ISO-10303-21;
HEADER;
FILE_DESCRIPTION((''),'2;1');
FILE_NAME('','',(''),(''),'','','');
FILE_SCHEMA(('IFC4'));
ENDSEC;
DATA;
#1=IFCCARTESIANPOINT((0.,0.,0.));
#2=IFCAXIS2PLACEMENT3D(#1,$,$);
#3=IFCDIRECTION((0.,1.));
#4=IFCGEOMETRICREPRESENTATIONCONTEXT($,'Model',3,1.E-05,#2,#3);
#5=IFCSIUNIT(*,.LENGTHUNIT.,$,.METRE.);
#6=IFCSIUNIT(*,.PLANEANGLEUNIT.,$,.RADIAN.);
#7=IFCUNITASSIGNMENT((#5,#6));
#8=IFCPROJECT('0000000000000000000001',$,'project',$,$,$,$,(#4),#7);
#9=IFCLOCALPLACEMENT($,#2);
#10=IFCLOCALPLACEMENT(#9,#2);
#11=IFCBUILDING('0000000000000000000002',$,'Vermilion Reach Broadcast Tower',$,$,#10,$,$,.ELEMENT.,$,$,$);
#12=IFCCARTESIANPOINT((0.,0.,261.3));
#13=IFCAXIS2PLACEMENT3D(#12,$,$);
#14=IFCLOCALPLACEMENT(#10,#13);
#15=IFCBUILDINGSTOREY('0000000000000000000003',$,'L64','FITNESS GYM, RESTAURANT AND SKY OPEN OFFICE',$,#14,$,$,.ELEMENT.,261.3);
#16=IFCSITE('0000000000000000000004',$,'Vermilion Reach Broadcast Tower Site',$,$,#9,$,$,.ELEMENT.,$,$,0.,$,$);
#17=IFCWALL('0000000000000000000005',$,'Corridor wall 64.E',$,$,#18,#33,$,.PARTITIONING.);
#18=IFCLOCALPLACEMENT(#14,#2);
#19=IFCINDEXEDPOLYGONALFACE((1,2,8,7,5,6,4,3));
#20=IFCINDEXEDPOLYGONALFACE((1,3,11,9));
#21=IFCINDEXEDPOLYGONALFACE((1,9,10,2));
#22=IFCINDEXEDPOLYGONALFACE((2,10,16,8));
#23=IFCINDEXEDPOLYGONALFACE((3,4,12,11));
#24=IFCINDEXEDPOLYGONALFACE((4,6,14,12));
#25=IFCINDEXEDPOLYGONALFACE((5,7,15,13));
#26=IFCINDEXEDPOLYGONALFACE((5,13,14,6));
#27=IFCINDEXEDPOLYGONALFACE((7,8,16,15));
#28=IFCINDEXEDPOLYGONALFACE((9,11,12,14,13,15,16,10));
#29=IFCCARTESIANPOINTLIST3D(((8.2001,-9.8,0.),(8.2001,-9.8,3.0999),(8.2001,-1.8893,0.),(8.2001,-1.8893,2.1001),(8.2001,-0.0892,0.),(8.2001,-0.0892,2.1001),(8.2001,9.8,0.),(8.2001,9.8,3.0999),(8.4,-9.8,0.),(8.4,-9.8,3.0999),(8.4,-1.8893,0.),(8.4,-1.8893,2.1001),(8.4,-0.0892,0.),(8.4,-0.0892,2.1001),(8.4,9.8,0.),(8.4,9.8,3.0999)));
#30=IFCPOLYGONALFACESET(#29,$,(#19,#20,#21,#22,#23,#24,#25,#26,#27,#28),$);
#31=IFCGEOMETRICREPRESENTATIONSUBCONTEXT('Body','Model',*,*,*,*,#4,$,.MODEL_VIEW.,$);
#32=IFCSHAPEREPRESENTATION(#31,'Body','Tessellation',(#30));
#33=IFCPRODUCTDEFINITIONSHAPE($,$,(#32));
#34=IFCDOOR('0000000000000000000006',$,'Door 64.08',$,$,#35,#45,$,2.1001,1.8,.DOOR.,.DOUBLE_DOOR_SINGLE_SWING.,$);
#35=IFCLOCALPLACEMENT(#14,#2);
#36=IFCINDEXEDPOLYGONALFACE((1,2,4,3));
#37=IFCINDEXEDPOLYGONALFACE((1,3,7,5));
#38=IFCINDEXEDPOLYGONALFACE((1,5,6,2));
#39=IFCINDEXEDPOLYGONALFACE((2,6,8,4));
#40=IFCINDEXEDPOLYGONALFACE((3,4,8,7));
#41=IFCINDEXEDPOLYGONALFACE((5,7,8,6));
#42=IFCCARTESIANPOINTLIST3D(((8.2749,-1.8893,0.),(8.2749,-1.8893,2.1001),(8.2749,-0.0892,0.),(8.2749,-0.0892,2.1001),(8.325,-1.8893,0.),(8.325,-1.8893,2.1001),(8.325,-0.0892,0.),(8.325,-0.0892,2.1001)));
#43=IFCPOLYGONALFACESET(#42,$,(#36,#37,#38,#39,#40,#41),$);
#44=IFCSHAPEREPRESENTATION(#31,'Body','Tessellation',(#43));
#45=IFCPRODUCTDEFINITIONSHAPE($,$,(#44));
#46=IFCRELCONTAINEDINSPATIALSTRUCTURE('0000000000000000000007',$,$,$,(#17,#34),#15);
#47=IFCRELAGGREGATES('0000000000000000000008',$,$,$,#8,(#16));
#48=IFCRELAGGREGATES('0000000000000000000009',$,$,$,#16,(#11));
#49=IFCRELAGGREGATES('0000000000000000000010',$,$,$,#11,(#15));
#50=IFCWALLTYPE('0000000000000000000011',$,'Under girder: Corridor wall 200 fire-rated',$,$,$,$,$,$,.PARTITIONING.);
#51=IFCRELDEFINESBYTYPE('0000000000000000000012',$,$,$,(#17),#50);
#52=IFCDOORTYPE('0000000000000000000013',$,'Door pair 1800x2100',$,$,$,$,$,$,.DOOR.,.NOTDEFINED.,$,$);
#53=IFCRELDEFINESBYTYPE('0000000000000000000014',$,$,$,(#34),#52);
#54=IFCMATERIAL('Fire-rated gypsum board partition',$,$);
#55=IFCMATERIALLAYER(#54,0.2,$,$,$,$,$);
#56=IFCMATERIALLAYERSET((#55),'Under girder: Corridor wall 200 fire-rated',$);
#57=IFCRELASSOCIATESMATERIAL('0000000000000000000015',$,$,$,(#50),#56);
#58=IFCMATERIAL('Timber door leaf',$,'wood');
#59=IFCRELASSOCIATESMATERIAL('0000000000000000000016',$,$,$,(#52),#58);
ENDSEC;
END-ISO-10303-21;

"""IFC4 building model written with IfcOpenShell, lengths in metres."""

from ifc_helpers import new_model, si_unit, direction, frame, frame_2d, origin, place, context, subcontext, project, spatial, rectangle, extrude, material, layer, layer_set, type_object, element, fill, save


model = new_model("IFC4")

# Units and contexts
model_context = context("Model", 3, precision=1e-05, world=origin(), true_north=direction((0.0, 1.0)))
body_context = subcontext(model_context, "Body", "Model", "MODEL_VIEW")
ifc_project = project(units=[si_unit("LENGTHUNIT", "METRE"), si_unit("PLANEANGLEUNIT", "RADIAN")], contexts=[model_context])

# Site, building, storey
site_placement = place(None, origin())
site = spatial("IfcSite", under=ifc_project, at=site_placement, Name="Vermilion Reach Broadcast Tower Site", CompositionType="ELEMENT", RefElevation=0.0)
building_placement = place(site_placement, origin())
building = spatial("IfcBuilding", under=site, at=building_placement, Name="Vermilion Reach Broadcast Tower", CompositionType="ELEMENT")
storey_placement = place(building_placement, frame((0.0, 0.0, 261.3)))
storey = spatial("IfcBuildingStorey", under=building, at=storey_placement, Name="L64", Description="FITNESS GYM, RESTAURANT AND SKY OPEN OFFICE", CompositionType="ELEMENT", Elevation=261.3)

# Wall, opening, door
ifc_material_1 = material(Name="Fire-rated gypsum board partition")
ifc_layer_1 = layer(ifc_material_1, 0.2)
ifc_layer_set_1 = layer_set([ifc_layer_1], Name="Under girder: Corridor wall 200 fire-rated")
wall_type_1 = type_object("IfcWallType", Name="Under girder: Corridor wall 200 fire-rated", PredefinedType="PARTITIONING", material=ifc_layer_set_1)
wall_1_placement = place(storey_placement, frame((8.3, 9.8, 0.0), z_axis=(0.0, 0.0, 1.0), x_axis=(0.0, -1.0, 0.0)))
wall_1 = element("IfcWall", 1, at=wall_1_placement, inside=storey, type_object=wall_type_1, Name="Corridor wall 64.E", PredefinedType="PARTITIONING", context=body_context, shape_type="SweptSolid", body=[
    extrude(rectangle(XDim=19.6001, YDim=0.2, at=frame_2d((9.8, 0.0))), origin(), (0.0, 0.0, 1.0), 3.0999),
])
opening_1_placement = place(wall_1_placement, frame((9.8894, 0.0, 0.0)))
opening_1 = element("IfcOpeningElement", 2, at=opening_1_placement, cuts=wall_1, PredefinedType="OPENING", context=body_context, shape_type="SweptSolid", body=[
    extrude(rectangle(XDim=1.8, YDim=2.1001, at=frame_2d((0.8999, 1.05))), frame((0.0, 0.1099, 0.0), z_axis=(0.0, -1.0, 0.0), x_axis=(1.0, 0.0, 0.0)), (0.0, 0.0, 1.0), 0.22),
])
ifc_material_2 = material(Name="Timber door leaf", Category="wood")
door_type_1 = type_object("IfcDoorType", Name="Door pair 1800x2100", OperationType="NOTDEFINED", PredefinedType="DOOR", material=ifc_material_2)
door_1_placement = place(opening_1_placement, origin())
door_1 = element("IfcDoor", 3, at=door_1_placement, inside=storey, type_object=door_type_1, Name="Door 64.08", OperationType="DOUBLE_DOOR_SINGLE_SWING", OverallHeight=2.1001, OverallWidth=1.8, PredefinedType="DOOR", context=body_context, shape_type="SweptSolid", body=[
    extrude(rectangle(XDim=1.8, YDim=2.1001, at=frame_2d((0.8999, 1.05))), frame((0.0, 0.0249, 0.0), z_axis=(0.0, -1.0, 0.0), x_axis=(1.0, 0.0, 0.0)), (0.0, 0.0, 1.0), 0.05),
])
fill(opening_1, door_1)

save(model, "model.ifc")
